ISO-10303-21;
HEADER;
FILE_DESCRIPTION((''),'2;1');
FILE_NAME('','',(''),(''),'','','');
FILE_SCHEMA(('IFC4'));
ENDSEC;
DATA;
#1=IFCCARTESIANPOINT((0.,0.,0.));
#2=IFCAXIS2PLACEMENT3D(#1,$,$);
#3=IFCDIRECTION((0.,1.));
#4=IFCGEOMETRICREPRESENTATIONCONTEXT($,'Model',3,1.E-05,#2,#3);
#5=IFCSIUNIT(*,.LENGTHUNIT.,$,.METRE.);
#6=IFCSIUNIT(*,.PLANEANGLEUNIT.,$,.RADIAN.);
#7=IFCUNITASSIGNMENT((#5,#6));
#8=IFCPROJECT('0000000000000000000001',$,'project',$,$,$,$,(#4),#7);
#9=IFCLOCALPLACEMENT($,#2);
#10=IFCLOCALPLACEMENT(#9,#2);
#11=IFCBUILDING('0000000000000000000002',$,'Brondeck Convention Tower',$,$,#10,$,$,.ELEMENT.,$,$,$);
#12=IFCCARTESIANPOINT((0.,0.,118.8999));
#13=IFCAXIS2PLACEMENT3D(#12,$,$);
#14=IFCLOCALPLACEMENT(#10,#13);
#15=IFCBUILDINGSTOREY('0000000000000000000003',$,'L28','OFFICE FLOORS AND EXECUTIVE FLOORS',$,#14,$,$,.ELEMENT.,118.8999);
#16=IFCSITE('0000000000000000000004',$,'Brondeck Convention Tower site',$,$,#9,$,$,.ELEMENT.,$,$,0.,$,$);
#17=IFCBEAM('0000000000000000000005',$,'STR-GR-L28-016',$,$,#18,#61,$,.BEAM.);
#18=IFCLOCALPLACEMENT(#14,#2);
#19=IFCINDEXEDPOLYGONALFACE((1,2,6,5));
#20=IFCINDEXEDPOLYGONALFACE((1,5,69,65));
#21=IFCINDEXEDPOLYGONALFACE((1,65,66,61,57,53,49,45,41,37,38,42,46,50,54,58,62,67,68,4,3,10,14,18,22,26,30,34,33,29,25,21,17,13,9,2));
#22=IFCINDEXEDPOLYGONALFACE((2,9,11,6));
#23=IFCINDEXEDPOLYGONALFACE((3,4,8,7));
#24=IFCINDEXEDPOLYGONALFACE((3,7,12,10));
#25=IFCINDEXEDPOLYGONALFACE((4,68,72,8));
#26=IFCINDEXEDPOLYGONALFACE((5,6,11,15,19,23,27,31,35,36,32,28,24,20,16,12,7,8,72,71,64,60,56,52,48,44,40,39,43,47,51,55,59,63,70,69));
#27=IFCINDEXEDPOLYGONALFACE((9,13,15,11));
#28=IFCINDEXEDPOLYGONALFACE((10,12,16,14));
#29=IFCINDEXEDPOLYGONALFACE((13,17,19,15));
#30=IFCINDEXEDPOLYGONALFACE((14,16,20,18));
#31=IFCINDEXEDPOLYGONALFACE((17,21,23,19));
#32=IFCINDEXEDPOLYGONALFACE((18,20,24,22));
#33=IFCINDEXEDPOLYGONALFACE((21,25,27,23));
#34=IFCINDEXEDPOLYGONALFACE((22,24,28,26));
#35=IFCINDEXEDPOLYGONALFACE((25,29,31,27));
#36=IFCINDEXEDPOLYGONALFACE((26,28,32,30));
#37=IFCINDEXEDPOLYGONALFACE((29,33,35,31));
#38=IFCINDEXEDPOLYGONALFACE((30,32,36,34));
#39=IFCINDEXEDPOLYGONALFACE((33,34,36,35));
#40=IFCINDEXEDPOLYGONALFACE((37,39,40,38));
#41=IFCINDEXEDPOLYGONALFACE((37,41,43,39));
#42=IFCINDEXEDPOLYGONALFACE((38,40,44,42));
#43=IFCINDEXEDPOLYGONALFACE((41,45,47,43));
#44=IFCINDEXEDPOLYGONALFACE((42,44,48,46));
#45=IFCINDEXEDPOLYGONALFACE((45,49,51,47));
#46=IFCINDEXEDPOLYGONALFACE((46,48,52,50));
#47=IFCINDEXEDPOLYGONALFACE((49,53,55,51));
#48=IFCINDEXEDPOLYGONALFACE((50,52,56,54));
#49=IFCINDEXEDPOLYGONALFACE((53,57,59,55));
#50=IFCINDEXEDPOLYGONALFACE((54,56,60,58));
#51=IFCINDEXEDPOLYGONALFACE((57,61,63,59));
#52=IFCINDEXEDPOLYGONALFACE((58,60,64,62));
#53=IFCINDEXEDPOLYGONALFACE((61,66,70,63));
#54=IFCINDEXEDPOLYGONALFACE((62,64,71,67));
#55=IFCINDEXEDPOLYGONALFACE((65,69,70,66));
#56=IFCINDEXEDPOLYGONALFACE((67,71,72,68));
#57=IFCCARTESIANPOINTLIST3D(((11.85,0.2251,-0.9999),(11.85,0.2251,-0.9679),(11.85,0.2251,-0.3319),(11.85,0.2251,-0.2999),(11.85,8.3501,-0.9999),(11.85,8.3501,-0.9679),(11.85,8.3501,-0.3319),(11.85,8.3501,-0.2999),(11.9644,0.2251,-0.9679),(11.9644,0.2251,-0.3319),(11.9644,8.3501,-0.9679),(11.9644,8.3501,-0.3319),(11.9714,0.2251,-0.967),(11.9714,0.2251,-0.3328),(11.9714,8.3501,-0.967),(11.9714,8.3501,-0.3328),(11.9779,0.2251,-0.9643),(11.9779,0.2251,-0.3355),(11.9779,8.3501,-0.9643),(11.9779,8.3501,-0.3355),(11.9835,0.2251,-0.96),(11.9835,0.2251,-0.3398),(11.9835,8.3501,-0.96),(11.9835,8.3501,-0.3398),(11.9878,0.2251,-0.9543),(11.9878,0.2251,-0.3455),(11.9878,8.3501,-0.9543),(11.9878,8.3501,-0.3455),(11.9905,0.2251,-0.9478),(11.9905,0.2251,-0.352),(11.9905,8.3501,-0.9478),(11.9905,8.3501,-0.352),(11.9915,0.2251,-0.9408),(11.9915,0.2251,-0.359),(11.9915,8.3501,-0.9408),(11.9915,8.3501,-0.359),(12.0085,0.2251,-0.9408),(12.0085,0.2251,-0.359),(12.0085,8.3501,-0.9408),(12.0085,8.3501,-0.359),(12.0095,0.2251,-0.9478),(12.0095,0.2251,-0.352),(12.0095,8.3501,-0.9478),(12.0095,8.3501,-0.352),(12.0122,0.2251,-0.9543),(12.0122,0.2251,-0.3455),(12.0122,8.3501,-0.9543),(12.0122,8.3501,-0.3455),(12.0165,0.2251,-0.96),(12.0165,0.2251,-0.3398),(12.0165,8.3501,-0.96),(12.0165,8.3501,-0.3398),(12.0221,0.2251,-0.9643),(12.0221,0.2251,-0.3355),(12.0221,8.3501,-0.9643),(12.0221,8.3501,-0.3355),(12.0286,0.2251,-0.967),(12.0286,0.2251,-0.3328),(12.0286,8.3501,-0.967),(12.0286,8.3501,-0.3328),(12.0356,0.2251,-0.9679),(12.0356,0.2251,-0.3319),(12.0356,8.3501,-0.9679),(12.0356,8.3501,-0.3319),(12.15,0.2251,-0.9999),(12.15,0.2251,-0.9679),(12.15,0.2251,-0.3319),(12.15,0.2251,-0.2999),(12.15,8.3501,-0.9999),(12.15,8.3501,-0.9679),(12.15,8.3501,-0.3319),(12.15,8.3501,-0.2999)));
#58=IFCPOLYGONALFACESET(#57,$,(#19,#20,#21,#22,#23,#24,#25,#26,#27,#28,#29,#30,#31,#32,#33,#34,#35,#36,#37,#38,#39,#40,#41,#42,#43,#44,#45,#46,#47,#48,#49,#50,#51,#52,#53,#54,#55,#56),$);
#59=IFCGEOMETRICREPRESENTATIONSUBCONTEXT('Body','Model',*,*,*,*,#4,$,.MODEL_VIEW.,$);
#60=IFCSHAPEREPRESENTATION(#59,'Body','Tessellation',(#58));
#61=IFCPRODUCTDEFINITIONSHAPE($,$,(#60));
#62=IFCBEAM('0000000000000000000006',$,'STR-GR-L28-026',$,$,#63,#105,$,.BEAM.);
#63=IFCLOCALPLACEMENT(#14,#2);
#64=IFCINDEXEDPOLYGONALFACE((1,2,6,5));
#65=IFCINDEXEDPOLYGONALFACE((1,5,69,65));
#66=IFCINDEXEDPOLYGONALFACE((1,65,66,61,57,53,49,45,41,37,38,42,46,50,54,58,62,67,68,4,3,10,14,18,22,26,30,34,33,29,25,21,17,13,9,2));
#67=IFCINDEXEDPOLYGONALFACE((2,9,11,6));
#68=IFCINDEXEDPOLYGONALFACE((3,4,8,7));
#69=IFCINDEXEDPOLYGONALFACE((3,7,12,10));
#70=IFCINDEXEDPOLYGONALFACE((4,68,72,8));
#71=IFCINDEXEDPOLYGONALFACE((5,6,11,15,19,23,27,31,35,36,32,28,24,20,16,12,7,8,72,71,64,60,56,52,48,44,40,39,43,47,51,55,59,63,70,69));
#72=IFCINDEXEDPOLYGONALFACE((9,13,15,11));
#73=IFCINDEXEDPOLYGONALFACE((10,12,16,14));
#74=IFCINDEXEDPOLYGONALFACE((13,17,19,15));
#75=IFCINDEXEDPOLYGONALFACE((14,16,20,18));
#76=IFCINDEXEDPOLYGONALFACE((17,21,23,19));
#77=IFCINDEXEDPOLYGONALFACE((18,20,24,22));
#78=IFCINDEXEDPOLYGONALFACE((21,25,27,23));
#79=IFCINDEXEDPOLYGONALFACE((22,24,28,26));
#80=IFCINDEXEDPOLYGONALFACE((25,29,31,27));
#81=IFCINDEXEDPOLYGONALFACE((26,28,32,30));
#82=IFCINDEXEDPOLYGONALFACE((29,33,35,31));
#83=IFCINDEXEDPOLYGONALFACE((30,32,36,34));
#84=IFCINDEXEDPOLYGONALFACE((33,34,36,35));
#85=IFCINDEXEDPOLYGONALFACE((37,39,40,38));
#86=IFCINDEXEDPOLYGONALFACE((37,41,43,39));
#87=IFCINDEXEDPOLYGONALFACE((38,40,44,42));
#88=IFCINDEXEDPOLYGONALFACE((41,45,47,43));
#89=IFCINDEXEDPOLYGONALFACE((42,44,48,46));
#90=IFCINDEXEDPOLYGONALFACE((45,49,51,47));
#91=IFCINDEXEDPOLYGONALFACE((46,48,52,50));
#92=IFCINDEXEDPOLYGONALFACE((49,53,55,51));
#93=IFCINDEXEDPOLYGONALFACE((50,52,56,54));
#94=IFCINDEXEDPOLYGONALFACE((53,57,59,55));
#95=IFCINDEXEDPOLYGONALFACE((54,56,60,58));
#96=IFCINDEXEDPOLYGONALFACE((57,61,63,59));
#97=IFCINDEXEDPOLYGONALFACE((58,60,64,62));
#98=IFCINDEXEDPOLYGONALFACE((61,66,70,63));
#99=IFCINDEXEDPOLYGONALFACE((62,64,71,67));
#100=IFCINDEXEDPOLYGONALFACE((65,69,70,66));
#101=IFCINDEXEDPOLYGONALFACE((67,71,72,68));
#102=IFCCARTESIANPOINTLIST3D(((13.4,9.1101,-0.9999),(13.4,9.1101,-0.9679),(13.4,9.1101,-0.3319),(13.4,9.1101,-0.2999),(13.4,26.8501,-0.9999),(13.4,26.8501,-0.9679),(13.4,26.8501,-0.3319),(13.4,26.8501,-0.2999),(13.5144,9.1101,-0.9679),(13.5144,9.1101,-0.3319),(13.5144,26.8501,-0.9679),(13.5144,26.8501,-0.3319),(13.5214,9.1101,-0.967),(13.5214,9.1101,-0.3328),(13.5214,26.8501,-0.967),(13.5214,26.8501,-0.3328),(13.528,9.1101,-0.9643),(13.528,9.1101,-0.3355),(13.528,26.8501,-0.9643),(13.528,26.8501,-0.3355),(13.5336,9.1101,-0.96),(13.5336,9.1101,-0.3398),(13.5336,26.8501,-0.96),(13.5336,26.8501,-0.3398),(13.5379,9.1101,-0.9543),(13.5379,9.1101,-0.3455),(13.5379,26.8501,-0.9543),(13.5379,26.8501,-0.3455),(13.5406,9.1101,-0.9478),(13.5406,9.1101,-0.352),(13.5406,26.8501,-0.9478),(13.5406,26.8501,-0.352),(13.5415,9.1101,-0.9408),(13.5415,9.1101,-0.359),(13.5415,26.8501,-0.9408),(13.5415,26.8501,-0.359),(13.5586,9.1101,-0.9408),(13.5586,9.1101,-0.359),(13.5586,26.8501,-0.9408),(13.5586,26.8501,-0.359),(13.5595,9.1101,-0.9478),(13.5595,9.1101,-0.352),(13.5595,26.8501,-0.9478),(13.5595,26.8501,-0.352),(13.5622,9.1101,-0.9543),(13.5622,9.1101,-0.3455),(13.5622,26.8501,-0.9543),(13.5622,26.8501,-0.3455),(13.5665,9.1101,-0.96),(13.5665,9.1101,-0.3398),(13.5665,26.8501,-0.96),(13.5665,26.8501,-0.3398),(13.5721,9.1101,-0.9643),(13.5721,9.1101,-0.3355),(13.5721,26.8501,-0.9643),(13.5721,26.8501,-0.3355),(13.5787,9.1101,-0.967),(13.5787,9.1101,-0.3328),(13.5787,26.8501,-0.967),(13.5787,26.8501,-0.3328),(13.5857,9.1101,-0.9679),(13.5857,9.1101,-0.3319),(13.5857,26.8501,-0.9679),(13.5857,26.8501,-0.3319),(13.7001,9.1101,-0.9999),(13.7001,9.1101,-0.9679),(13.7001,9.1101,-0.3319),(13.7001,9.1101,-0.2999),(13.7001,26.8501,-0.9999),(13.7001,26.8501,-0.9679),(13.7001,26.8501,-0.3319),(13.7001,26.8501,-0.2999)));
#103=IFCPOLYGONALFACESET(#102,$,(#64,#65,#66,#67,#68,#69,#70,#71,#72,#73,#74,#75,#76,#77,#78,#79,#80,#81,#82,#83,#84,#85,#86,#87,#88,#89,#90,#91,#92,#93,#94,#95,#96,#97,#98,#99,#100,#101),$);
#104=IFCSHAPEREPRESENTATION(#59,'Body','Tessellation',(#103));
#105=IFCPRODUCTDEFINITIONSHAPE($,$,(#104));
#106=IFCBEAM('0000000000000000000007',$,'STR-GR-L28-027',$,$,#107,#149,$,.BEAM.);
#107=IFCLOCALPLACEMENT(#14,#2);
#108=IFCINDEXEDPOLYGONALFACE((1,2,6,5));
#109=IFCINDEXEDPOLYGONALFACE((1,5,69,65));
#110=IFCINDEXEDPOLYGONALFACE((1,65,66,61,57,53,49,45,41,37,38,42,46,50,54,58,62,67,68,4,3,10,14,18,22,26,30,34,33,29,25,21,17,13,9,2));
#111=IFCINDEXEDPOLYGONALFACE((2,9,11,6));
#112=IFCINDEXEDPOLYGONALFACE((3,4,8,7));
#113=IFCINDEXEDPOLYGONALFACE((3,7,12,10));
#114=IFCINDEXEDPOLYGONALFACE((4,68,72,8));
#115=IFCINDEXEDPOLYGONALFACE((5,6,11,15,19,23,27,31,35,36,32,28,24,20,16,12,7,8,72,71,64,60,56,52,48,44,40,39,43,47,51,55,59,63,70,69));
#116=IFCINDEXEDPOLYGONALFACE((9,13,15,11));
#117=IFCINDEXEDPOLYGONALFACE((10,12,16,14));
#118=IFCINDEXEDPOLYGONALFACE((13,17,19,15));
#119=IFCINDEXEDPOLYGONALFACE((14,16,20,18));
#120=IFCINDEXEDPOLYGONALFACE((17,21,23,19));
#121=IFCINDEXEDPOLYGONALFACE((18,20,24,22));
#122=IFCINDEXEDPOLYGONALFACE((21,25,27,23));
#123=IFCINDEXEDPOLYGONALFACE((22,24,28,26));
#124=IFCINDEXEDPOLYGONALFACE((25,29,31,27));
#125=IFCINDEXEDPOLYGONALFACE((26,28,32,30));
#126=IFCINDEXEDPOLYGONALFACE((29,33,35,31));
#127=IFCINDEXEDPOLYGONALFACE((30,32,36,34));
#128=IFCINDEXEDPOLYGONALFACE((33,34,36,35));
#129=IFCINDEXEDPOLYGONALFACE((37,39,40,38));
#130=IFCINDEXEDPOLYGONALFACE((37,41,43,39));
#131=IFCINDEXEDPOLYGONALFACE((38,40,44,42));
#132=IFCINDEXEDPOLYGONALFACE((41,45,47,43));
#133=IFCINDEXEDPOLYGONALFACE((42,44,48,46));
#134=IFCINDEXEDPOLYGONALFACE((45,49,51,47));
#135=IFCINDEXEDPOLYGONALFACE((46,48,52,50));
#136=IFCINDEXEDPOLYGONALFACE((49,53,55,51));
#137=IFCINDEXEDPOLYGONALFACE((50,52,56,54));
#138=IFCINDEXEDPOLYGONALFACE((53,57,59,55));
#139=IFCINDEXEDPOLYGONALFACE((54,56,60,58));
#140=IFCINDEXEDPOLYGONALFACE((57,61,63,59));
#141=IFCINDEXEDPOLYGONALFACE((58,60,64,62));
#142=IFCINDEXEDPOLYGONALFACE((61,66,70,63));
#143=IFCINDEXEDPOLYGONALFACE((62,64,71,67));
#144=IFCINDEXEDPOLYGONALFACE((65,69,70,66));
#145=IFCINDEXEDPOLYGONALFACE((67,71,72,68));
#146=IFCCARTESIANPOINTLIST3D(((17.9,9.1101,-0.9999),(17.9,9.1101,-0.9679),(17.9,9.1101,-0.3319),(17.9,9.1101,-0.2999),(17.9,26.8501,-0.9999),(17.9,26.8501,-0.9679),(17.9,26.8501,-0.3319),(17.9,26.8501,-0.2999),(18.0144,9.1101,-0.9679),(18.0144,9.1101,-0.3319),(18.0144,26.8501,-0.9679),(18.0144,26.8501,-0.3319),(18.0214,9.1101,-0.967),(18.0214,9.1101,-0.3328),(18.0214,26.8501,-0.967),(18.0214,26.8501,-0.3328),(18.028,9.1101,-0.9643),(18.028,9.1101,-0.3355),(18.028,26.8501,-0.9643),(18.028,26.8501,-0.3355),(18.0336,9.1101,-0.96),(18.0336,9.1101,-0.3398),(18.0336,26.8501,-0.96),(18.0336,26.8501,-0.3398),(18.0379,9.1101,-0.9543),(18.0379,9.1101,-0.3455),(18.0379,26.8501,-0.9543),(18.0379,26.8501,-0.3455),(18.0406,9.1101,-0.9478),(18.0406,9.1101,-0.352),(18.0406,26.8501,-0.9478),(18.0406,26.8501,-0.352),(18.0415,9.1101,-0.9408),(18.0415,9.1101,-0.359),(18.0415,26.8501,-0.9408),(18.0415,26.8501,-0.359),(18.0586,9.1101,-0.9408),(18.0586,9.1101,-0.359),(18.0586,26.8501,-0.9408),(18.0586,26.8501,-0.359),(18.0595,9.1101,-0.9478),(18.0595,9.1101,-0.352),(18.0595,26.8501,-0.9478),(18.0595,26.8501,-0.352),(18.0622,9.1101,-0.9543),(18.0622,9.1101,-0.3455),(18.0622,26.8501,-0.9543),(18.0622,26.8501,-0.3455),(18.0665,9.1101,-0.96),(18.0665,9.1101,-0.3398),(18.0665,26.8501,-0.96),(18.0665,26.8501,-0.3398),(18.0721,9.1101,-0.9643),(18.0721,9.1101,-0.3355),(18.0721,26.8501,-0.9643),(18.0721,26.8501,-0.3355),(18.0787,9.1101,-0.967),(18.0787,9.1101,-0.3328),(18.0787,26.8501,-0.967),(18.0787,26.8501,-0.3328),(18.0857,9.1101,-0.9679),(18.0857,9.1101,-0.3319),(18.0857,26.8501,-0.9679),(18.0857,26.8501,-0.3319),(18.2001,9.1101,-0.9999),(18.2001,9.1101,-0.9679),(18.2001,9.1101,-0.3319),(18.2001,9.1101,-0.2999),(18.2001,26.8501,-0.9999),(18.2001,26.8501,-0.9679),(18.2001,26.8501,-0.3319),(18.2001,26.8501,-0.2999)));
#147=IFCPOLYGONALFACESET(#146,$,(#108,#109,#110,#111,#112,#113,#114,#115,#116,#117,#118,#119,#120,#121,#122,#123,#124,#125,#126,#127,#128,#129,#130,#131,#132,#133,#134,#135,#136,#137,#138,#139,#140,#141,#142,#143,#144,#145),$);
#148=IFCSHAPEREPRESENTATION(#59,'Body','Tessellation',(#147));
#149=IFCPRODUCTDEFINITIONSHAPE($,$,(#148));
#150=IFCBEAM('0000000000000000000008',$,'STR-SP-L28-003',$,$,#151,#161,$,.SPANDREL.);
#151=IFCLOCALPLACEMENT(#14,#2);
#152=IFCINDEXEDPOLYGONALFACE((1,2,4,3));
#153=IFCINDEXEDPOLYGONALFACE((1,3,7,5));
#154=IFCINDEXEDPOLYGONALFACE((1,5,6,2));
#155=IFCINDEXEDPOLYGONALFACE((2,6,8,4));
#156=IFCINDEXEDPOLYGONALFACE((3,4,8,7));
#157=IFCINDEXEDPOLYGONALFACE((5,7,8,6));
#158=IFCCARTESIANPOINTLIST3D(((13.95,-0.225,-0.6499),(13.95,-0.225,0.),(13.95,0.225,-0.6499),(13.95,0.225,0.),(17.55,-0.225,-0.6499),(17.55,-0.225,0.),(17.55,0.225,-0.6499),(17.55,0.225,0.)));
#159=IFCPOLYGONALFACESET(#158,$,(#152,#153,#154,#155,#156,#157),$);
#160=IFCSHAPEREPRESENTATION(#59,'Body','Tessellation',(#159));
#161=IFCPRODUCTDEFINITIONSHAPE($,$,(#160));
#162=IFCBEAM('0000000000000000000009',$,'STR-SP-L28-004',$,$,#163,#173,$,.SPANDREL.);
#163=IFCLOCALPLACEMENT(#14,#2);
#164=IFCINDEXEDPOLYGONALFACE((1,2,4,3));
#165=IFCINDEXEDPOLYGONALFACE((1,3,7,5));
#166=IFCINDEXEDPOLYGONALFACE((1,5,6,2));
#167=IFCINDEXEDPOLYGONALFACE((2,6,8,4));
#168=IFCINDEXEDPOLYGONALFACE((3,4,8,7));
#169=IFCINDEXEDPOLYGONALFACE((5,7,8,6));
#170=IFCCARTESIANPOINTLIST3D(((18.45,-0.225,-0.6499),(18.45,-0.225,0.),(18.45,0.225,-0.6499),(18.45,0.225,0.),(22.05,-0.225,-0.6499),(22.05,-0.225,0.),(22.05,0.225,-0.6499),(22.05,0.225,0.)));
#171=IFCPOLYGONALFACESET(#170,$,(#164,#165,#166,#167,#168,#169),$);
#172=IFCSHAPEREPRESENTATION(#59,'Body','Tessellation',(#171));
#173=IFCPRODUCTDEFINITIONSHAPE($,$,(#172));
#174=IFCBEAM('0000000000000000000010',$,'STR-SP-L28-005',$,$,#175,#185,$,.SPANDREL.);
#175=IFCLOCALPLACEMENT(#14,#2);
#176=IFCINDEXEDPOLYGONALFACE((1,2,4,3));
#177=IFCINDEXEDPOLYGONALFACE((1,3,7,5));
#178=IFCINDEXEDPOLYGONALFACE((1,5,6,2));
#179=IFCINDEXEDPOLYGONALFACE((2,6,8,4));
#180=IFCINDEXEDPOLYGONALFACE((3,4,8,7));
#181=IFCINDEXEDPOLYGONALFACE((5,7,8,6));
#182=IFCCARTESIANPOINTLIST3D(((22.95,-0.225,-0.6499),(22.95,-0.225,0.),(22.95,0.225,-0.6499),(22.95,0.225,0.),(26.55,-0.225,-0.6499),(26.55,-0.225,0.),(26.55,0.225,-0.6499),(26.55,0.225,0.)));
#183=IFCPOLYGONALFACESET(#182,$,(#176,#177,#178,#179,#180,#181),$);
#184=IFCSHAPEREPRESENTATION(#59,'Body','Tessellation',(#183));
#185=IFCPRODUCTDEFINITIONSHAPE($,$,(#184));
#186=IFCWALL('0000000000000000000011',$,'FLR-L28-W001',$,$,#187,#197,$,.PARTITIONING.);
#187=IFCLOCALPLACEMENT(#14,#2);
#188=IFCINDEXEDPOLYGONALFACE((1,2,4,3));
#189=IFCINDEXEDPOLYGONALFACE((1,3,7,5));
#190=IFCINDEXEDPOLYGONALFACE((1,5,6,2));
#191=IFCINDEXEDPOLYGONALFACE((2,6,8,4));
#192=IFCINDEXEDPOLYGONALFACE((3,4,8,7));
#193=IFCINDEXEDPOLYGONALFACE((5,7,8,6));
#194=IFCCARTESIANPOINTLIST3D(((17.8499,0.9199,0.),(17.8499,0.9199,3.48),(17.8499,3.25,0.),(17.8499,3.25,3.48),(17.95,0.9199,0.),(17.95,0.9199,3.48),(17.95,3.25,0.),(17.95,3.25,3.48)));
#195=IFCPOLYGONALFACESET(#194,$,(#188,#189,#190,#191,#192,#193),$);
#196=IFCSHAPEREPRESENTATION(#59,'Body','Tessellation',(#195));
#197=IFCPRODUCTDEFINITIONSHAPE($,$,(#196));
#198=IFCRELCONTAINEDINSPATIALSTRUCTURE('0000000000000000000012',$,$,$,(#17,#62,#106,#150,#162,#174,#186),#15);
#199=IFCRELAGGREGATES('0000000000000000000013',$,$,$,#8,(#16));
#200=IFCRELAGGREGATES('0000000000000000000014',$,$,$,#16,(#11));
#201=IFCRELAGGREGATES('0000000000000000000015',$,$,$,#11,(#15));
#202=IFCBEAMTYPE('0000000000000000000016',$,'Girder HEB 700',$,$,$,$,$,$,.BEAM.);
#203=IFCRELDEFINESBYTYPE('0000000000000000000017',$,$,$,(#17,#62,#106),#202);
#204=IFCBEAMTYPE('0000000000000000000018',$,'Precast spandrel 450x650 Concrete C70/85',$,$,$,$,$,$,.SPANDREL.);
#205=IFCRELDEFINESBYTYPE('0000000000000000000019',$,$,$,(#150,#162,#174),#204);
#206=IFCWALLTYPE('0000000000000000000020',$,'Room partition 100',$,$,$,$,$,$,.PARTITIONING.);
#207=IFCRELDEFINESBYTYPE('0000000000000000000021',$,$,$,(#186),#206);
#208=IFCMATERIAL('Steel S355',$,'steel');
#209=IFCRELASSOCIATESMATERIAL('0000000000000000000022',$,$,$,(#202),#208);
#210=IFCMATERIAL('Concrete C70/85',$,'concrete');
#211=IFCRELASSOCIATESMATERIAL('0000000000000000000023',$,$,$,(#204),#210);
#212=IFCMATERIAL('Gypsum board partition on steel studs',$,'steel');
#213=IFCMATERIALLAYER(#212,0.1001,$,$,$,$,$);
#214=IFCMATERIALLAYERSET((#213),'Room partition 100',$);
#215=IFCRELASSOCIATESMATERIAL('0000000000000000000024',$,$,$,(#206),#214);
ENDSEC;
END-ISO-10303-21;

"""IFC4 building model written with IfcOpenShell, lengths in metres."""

from ifc_helpers import new_model, si_unit, direction, frame, frame_2d, origin, origin_2d, place, context, subcontext, project, spatial, rectangle, i_section, extrude, material, layer, layer_set, material_profile, profile_set, type_object, element, save


model = new_model("IFC4")

# Units and contexts
model_context = context("Model", 3, precision=1e-05, world=origin(), true_north=direction((0.0, 1.0)))
body_context = subcontext(model_context, "Body", "Model", "MODEL_VIEW")
ifc_project = project(units=[si_unit("LENGTHUNIT", "METRE"), si_unit("PLANEANGLEUNIT", "RADIAN")], contexts=[model_context])

# Site, building, storey
site_placement = place(None, origin())
site = spatial("IfcSite", under=ifc_project, at=site_placement, Name="Brondeck Convention Tower site", CompositionType="ELEMENT", RefElevation=0.0)
building_placement = place(site_placement, origin())
building = spatial("IfcBuilding", under=site, at=building_placement, Name="Brondeck Convention Tower", CompositionType="ELEMENT")
storey_placement = place(building_placement, frame((0.0, 0.0, 118.8999)))
storey = spatial("IfcBuildingStorey", under=building, at=storey_placement, Name="L28", Description="OFFICE FLOORS AND EXECUTIVE FLOORS", CompositionType="ELEMENT", Elevation=118.8999)

# Shared definitions
ifc_material_1 = material(Name="Concrete C70/85", Category="concrete")

# Beams
ifc_material_2 = material(Name="Steel S355", Category="steel")
ifc_material_profile_1 = material_profile(ifc_material_2, i_section(OverallWidth=0.3, OverallDepth=0.7, WebThickness=0.0171, FlangeThickness=0.032, FilletRadius=0.0271, at=origin_2d()), Name="HEB 700")
ifc_profile_set_1 = profile_set([ifc_material_profile_1], Name="Steel S355")
beam_type_1 = type_object("IfcBeamType", Name="Girder HEB 700", PredefinedType="BEAM", material=ifc_profile_set_1)
beam_1_placement = place(storey_placement, frame((12.0, 8.3501, -0.6499), z_axis=(0.0, -1.0, 0.0), x_axis=(1.0, 0.0, 0.0)))
element("IfcBeam", 1, at=beam_1_placement, inside=storey, type_object=beam_type_1, Name="STR-GR-L28-016", PredefinedType="BEAM", context=body_context, shape_type="SweptSolid", body=[
    extrude(i_section(OverallWidth=0.3, OverallDepth=0.7, WebThickness=0.0171, FlangeThickness=0.032, FilletRadius=0.0271, at=origin_2d()), origin(), (0.0, 0.0, 1.0), 8.125),
])
for number, where, z_axis, x_axis, name in (
    (2, (13.55, 9.1101, -0.6499), (0.0, 1.0, 0.0), (-1.0, 0.0, 0.0), "STR-GR-L28-026"),
    (3, (18.05, 9.1101, -0.6499), (0.0, 1.0, 0.0), (-1.0, 0.0, 0.0), "STR-GR-L28-027"),
):
    element("IfcBeam", number, at=place(storey_placement, frame(where, z_axis=z_axis, x_axis=x_axis)), inside=storey, type_object=beam_type_1, Name=name, PredefinedType="BEAM", context=body_context, shape_type="SweptSolid", body=[
        extrude(i_section(OverallWidth=0.3, OverallDepth=0.7, WebThickness=0.0171, FlangeThickness=0.032, FilletRadius=0.0271, at=origin_2d()), origin(), (0.0, 0.0, 1.0), 17.74),
    ])
ifc_material_profile_2 = material_profile(ifc_material_1, rectangle(XDim=0.45, YDim=0.6499, at=origin_2d()), Name="Precast spandrel 450x650 Concrete C70/85")
ifc_profile_set_2 = profile_set([ifc_material_profile_2], Name="Concrete C70/85")
beam_type_2 = type_object("IfcBeamType", Name="Precast spandrel 450x650 Concrete C70/85", PredefinedType="SPANDREL", material=ifc_profile_set_2)
for number, where, z_axis, x_axis, name in (
    (4, (13.95, 0.0, -0.325), (1.0, 0.0, 0.0), (0.0, 1.0, 0.0), "STR-SP-L28-003"),
    (5, (18.45, 0.0, -0.325), (1.0, 0.0, 0.0), (0.0, 1.0, 0.0), "STR-SP-L28-004"),
    (6, (22.95, 0.0, -0.325), (1.0, 0.0, 0.0), (0.0, 1.0, 0.0), "STR-SP-L28-005"),
):
    element("IfcBeam", number, at=place(storey_placement, frame(where, z_axis=z_axis, x_axis=x_axis)), inside=storey, type_object=beam_type_2, Name=name, PredefinedType="SPANDREL", context=body_context, shape_type="SweptSolid", body=[
        extrude(rectangle(XDim=0.45, YDim=0.6499, at=origin_2d()), origin(), (0.0, 0.0, 1.0), 3.6001),
    ])

# Wall
ifc_material_3 = material(Name="Gypsum board partition on steel studs", Category="steel")
ifc_layer_1 = layer(ifc_material_3, 0.1001)
ifc_layer_set_1 = layer_set([ifc_layer_1], Name="Room partition 100")
wall_type_1 = type_object("IfcWallType", Name="Room partition 100", PredefinedType="PARTITIONING", material=ifc_layer_set_1)
wall_1_placement = place(storey_placement, frame((17.8999, 0.9199, 0.0), z_axis=(0.0, 0.0, 1.0), x_axis=(0.0, 1.0, 0.0)))
element("IfcWall", 7, at=wall_1_placement, inside=storey, type_object=wall_type_1, Name="FLR-L28-W001", PredefinedType="PARTITIONING", context=body_context, shape_type="SweptSolid", body=[
    extrude(rectangle(XDim=2.3301, YDim=0.1001, at=frame_2d((1.165, 0.0))), origin(), (0.0, 0.0, 1.0), 3.48),
])

save(model, "model.ifc")
